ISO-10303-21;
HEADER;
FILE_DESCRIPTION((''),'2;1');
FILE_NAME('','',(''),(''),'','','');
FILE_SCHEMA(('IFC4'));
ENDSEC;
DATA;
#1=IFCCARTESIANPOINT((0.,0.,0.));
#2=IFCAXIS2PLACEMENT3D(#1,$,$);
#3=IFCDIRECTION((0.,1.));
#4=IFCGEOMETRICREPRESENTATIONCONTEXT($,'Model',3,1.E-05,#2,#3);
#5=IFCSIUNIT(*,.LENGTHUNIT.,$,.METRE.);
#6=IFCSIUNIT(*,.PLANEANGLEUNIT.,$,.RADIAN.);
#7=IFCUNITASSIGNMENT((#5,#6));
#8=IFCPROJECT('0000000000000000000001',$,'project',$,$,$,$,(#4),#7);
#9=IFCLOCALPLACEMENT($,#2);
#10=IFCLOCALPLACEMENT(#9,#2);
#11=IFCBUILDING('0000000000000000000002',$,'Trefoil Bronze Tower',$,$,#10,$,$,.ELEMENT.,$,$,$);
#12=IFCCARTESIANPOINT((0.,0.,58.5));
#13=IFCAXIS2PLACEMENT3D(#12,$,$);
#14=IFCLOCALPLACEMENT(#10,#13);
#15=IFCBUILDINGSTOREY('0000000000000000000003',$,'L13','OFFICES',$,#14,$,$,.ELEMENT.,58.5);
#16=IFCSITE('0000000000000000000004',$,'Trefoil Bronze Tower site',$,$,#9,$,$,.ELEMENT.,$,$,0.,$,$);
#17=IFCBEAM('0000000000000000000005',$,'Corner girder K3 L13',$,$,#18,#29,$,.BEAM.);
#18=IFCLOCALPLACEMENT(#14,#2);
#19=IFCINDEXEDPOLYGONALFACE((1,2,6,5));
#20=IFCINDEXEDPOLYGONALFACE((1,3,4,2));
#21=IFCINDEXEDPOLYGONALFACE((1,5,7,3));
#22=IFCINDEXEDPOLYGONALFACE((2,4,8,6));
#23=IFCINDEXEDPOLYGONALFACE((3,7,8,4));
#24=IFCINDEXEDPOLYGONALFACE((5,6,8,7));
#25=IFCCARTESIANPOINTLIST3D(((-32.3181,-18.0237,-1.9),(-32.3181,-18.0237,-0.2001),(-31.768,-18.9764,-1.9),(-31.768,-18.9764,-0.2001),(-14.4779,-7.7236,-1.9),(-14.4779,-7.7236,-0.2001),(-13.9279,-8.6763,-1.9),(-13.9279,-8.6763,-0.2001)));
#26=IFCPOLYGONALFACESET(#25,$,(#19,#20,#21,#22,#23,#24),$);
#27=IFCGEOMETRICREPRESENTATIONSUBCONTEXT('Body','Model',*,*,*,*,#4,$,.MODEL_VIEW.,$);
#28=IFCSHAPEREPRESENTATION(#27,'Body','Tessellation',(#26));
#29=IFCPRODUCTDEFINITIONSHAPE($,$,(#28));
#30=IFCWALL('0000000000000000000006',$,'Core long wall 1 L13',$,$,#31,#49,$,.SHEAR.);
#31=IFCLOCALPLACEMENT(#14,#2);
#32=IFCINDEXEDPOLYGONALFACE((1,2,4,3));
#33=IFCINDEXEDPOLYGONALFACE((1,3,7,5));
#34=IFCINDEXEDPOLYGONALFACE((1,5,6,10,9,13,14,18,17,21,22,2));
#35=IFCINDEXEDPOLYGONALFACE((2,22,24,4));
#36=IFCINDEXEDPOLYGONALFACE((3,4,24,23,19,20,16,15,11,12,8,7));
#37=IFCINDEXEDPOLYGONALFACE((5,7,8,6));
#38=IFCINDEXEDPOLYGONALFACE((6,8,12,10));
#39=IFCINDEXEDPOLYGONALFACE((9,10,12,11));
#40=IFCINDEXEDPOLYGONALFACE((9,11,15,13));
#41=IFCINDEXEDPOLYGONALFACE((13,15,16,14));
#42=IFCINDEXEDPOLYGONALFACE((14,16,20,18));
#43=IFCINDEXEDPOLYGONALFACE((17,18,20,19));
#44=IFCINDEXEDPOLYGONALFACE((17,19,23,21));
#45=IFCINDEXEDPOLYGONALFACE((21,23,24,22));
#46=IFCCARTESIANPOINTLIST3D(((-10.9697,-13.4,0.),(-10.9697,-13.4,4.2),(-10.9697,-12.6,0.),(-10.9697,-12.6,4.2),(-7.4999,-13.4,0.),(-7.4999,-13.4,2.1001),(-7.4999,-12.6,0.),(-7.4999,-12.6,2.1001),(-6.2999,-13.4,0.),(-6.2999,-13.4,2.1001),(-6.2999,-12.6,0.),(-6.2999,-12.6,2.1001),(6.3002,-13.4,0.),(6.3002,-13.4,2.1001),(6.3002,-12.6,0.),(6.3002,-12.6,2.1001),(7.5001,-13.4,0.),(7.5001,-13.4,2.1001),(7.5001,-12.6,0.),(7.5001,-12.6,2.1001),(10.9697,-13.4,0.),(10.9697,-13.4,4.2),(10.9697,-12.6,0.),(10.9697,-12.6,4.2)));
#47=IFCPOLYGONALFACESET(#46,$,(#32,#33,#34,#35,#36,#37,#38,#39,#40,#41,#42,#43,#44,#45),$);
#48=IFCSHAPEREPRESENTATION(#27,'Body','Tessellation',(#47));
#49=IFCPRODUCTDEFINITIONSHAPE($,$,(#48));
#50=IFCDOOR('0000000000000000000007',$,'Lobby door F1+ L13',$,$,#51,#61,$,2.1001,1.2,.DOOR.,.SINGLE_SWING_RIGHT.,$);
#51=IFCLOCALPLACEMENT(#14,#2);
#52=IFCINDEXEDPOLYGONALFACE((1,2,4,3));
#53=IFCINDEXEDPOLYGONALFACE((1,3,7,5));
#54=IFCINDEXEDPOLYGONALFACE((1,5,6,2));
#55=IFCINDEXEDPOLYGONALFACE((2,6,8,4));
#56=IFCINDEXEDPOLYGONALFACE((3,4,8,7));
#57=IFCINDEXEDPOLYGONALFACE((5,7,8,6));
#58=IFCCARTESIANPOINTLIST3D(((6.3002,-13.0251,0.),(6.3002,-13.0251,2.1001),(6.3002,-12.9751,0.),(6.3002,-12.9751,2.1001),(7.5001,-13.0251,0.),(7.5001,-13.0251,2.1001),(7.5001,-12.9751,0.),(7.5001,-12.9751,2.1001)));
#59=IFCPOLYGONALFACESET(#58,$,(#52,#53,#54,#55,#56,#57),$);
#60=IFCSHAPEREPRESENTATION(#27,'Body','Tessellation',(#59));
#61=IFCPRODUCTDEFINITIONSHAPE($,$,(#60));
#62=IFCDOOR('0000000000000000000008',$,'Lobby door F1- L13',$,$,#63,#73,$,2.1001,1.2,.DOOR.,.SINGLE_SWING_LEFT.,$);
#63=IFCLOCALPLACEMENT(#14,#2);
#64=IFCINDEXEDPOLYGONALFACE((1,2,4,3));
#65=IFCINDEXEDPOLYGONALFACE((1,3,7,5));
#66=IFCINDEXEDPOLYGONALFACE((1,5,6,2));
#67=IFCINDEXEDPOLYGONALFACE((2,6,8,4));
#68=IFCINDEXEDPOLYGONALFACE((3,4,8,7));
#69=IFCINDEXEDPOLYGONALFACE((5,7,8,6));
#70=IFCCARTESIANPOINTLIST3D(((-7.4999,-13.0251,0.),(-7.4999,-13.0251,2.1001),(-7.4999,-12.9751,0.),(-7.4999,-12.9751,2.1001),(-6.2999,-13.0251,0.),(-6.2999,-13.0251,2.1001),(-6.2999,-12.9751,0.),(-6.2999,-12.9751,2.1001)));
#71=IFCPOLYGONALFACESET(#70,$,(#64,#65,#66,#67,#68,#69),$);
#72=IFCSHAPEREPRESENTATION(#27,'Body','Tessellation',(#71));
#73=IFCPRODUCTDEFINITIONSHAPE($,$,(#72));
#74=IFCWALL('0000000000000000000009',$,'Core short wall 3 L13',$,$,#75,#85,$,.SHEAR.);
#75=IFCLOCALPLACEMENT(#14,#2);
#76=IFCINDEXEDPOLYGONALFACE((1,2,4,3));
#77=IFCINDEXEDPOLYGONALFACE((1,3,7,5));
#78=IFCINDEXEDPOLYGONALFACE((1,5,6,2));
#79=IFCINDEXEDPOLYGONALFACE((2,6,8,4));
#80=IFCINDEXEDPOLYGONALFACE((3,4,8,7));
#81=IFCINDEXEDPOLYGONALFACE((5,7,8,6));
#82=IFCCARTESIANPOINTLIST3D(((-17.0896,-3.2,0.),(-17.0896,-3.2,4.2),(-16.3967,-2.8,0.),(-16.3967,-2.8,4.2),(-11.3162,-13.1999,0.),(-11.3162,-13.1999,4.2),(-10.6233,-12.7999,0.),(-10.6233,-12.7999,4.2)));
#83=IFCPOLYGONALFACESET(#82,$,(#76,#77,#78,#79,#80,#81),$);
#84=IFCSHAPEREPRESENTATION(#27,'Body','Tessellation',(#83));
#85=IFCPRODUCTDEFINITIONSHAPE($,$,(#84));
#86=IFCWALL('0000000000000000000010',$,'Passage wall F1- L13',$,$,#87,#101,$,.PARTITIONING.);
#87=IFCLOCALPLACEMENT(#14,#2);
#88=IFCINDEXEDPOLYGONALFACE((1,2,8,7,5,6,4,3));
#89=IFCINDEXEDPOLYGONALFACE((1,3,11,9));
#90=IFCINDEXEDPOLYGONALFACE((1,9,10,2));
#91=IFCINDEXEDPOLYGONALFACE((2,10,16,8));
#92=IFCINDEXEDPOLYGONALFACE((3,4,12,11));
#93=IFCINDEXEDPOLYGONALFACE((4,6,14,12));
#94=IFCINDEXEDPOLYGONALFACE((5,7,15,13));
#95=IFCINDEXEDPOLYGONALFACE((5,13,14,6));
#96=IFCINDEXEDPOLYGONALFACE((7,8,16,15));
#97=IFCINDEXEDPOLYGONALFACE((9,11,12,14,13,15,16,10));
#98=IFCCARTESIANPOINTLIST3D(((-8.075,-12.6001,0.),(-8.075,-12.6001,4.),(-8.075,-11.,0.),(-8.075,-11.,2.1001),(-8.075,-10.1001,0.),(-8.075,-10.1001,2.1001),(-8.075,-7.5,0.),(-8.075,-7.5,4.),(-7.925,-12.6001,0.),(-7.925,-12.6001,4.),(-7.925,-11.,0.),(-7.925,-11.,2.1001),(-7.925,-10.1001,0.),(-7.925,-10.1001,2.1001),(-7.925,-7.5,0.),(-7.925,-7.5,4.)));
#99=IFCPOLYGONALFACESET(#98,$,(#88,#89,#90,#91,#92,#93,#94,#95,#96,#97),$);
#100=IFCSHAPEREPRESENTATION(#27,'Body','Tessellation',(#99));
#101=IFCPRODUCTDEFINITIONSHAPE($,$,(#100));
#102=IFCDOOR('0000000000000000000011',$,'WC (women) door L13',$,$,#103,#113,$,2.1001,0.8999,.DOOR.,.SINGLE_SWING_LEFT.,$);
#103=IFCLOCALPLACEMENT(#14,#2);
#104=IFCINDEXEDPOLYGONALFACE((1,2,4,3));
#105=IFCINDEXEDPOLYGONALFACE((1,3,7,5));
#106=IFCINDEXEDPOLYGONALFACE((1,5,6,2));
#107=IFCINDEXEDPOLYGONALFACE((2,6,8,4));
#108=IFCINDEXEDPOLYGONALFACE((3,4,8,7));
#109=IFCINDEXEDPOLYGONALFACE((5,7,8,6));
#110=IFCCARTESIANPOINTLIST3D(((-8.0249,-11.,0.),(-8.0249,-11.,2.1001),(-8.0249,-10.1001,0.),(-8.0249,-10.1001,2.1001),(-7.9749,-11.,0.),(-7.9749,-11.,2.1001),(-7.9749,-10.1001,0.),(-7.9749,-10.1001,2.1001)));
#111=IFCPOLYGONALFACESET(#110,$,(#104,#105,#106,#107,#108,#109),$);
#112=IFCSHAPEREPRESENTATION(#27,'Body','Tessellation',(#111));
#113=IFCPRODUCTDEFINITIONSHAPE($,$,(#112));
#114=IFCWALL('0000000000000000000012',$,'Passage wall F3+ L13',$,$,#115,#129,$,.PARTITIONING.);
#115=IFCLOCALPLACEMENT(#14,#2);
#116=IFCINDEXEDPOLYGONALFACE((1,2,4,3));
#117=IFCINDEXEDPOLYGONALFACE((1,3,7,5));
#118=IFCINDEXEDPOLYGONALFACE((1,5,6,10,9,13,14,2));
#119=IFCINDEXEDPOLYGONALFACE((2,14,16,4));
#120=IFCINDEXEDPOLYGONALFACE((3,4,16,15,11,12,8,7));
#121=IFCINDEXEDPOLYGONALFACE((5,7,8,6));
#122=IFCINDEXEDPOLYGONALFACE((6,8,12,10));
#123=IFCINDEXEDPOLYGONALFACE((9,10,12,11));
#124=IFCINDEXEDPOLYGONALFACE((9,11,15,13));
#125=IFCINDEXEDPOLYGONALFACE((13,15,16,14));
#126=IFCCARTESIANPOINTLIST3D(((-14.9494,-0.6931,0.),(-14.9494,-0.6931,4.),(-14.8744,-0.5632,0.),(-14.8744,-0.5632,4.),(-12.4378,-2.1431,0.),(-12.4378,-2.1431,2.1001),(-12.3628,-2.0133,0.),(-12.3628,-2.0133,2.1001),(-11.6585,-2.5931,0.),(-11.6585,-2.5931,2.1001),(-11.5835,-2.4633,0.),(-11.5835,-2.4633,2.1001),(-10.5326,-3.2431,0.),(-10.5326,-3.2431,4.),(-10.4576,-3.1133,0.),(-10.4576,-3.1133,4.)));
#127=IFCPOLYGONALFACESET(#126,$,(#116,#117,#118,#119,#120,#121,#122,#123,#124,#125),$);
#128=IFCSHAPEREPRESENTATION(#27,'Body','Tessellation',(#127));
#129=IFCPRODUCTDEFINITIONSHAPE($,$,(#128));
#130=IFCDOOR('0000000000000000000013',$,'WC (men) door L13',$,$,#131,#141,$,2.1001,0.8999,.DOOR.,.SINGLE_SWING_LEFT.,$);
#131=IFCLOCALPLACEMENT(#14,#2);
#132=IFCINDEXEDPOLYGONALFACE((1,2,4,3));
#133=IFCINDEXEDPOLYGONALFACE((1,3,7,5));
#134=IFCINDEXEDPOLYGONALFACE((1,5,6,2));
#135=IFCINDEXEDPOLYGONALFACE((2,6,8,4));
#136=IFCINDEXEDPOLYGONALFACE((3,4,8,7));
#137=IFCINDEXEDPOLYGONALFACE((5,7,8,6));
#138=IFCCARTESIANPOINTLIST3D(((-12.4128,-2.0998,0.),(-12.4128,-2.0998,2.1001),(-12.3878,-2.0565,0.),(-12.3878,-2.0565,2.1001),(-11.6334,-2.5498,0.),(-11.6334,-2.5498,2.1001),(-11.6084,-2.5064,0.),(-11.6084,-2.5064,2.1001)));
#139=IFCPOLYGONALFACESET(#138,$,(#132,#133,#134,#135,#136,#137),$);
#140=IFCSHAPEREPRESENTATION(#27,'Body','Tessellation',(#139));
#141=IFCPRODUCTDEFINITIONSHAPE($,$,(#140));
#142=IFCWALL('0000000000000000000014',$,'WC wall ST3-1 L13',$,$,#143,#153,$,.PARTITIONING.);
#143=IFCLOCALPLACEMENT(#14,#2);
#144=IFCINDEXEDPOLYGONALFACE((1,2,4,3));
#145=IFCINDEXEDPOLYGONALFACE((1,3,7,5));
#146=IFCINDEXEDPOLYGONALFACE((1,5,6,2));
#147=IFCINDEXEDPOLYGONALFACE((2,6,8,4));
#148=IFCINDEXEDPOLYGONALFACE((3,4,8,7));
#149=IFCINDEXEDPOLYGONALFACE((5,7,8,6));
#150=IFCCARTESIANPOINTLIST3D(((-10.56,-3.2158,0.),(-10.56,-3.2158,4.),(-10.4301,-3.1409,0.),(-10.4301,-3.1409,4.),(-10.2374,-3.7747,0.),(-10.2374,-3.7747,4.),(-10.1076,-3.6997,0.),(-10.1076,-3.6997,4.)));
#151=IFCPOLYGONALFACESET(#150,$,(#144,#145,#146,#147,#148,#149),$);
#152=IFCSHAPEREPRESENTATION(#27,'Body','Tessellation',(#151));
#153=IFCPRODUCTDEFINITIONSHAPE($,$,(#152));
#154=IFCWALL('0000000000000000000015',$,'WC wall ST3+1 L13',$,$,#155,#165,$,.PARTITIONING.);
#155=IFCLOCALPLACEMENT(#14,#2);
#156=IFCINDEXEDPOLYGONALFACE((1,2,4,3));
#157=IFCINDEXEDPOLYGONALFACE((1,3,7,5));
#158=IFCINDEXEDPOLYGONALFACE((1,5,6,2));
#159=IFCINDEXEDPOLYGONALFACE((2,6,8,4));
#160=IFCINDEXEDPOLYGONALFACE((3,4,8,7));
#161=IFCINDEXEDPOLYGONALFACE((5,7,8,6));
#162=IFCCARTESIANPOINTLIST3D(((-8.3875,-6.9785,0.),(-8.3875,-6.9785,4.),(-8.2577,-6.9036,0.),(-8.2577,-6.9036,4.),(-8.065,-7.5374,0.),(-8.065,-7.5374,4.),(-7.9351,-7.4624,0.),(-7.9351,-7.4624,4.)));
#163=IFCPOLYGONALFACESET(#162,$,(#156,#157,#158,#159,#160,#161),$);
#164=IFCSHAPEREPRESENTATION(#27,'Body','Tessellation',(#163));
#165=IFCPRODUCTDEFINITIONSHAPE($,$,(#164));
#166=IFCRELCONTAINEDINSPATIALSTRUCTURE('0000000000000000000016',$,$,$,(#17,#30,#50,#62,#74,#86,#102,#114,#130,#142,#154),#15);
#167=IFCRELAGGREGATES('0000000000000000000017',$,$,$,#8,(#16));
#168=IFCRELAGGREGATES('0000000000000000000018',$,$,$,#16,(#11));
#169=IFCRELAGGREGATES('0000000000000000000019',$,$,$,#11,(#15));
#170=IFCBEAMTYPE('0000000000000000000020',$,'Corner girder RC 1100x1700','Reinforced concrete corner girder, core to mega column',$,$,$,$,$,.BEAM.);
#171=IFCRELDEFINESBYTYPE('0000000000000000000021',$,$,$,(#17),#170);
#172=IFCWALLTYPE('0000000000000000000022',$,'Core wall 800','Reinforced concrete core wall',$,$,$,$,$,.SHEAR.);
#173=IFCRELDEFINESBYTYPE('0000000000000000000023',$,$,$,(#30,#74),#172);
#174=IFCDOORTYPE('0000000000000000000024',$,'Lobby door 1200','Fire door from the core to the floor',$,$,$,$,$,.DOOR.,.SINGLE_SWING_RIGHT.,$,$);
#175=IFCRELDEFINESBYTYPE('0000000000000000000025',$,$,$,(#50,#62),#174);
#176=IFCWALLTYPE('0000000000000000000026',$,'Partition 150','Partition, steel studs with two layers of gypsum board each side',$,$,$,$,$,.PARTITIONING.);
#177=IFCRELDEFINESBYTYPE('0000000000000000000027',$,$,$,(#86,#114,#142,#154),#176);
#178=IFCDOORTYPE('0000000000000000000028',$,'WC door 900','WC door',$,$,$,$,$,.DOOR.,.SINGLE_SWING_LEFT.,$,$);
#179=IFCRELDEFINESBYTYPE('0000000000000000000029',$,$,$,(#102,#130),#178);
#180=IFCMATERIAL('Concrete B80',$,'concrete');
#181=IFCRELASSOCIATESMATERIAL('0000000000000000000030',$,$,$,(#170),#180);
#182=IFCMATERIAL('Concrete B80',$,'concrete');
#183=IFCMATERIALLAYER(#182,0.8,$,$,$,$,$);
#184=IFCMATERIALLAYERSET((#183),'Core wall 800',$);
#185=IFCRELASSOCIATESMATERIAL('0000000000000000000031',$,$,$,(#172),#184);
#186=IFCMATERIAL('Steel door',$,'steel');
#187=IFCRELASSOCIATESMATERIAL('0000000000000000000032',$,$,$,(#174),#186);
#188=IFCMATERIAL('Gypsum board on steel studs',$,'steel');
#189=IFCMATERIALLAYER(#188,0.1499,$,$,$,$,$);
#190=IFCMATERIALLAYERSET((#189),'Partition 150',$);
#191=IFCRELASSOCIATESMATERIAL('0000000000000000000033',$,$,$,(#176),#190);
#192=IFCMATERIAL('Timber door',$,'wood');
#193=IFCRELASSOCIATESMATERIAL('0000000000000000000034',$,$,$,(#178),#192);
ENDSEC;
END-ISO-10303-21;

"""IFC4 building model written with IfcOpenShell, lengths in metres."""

from ifc_helpers import new_model, si_unit, direction, frame, frame_2d, origin, origin_2d, place, context, subcontext, project, spatial, rectangle, extrude, material, layer, layer_set, material_profile, profile_set, type_object, element, fill, save


model = new_model("IFC4")

# Units and contexts
model_context = context("Model", 3, precision=1e-05, world=origin(), true_north=direction((0.0, 1.0)))
body_context = subcontext(model_context, "Body", "Model", "MODEL_VIEW")
ifc_project = project(units=[si_unit("LENGTHUNIT", "METRE"), si_unit("PLANEANGLEUNIT", "RADIAN")], contexts=[model_context])

# Site, building, storey
site_placement = place(None, origin())
site = spatial("IfcSite", under=ifc_project, at=site_placement, Name="Trefoil Bronze Tower site", CompositionType="ELEMENT", RefElevation=0.0)
building_placement = place(site_placement, origin())
building = spatial("IfcBuilding", under=site, at=building_placement, Name="Trefoil Bronze Tower", CompositionType="ELEMENT")
storey_placement = place(building_placement, frame((0.0, 0.0, 58.5)))
storey = spatial("IfcBuildingStorey", under=building, at=storey_placement, Name="L13", Description="OFFICES", CompositionType="ELEMENT", Elevation=58.5)

# Beam
ifc_material_1 = material(Name="Concrete B80", Category="concrete")
ifc_material_profile_1 = material_profile(ifc_material_1, rectangle(XDim=1.1001, YDim=1.7, at=origin_2d()), Name="RC 1100x1700")
ifc_profile_set_1 = profile_set([ifc_material_profile_1], Name="Concrete B80")
beam_type_1 = type_object("IfcBeamType", Name="Corner girder RC 1100x1700", Description="Reinforced concrete corner girder, core to mega column", PredefinedType="BEAM", material=ifc_profile_set_1)
beam_placement = place(storey_placement, frame((-14.2029, -8.2, -1.05), z_axis=(-0.866024, -0.500003, 0.0), x_axis=(0.500003, -0.866024, 0.0)))
element("IfcBeam", 1, at=beam_placement, inside=storey, type_object=beam_type_1, Name="Corner girder K3 L13", PredefinedType="BEAM", context=body_context, shape_type="SweptSolid", body=[
    extrude(rectangle(XDim=1.1001, YDim=1.7, at=origin_2d()), origin(), (0.0, 0.0, 1.0), 20.6001),
])

# Wall, openings, doors
ifc_material_2 = material(Name="Concrete B80", Category="concrete")
ifc_layer_1 = layer(ifc_material_2, 0.8)
ifc_layer_set_1 = layer_set([ifc_layer_1], Name="Core wall 800")
wall_type_1 = type_object("IfcWallType", Name="Core wall 800", Description="Reinforced concrete core wall", PredefinedType="SHEAR", material=ifc_layer_set_1)
wall_1_placement = place(storey_placement, frame((-10.9697, -13.0, 0.0), z_axis=(0.0, 0.0, 1.0), x_axis=(1.0, 0.0, 0.0)))
wall_1 = element("IfcWall", 2, at=wall_1_placement, inside=storey, type_object=wall_type_1, Name="Core long wall 1 L13", PredefinedType="SHEAR", context=body_context, shape_type="SweptSolid", body=[
    extrude(rectangle(XDim=21.9395, YDim=0.8, at=frame_2d((10.9697, 0.0))), origin(), (0.0, 0.0, 1.0), 4.2),
])
opening_1_placement = place(wall_1_placement, frame((17.2698, 0.0, 0.0)))
opening_1 = element("IfcOpeningElement", 3, at=opening_1_placement, cuts=wall_1, PredefinedType="OPENING", context=body_context, shape_type="SweptSolid", body=[
    extrude(rectangle(XDim=1.2, YDim=2.1001, at=frame_2d((0.6001, 1.05))), frame((0.0, 0.4099, 0.0), z_axis=(0.0, -1.0, 0.0), x_axis=(1.0, 0.0, 0.0)), (0.0, 0.0, 1.0), 0.8201),
])
opening_2_placement = place(wall_1_placement, frame((3.4697, 0.0, 0.0)))
opening_2 = element("IfcOpeningElement", 4, at=opening_2_placement, cuts=wall_1, PredefinedType="OPENING", context=body_context, shape_type="SweptSolid", body=[
    extrude(rectangle(XDim=1.2, YDim=2.1001, at=frame_2d((0.6001, 1.05))), frame((0.0, 0.4099, 0.0), z_axis=(0.0, -1.0, 0.0), x_axis=(1.0, 0.0, 0.0)), (0.0, 0.0, 1.0), 0.8201),
])
ifc_material_3 = material(Name="Steel door", Category="steel")
door_type_1 = type_object("IfcDoorType", Name="Lobby door 1200", Description="Fire door from the core to the floor", OperationType="SINGLE_SWING_RIGHT", PredefinedType="DOOR", material=ifc_material_3)
door_1_placement = place(opening_1_placement, origin())
door_1 = element("IfcDoor", 5, at=door_1_placement, inside=storey, type_object=door_type_1, Name="Lobby door F1+ L13", OperationType="SINGLE_SWING_RIGHT", OverallHeight=2.1001, OverallWidth=1.2, PredefinedType="DOOR", context=body_context, shape_type="SweptSolid", body=[
    extrude(rectangle(XDim=1.2, YDim=2.1001, at=frame_2d((0.6001, 1.05))), frame((0.0, 0.0249, 0.0), z_axis=(0.0, -1.0, 0.0), x_axis=(1.0, 0.0, 0.0)), (0.0, 0.0, 1.0), 0.05),
])
fill(opening_1, door_1)
door_2_placement = place(opening_2_placement, origin())
door_2 = element("IfcDoor", 6, at=door_2_placement, inside=storey, type_object=door_type_1, Name="Lobby door F1- L13", OperationType="SINGLE_SWING_LEFT", OverallHeight=2.1001, OverallWidth=1.2, PredefinedType="DOOR", context=body_context, shape_type="SweptSolid", body=[
    extrude(rectangle(XDim=1.2, YDim=2.1001, at=frame_2d((0.6001, 1.05))), frame((0.0, 0.0249, 0.0), z_axis=(0.0, -1.0, 0.0), x_axis=(1.0, 0.0, 0.0)), (0.0, 0.0, 1.0), 0.05),
])
fill(opening_2, door_2)

# Wall
wall_2_placement = place(storey_placement, frame((-16.7432, -3.0, 0.0), z_axis=(0.0, 0.0, 1.0), x_axis=(0.499996, -0.866028, 0.0)))
element("IfcWall", 7, at=wall_2_placement, inside=storey, type_object=wall_type_1, Name="Core short wall 3 L13", PredefinedType="SHEAR", context=body_context, shape_type="SweptSolid", body=[
    extrude(rectangle(XDim=11.5469, YDim=0.8, at=frame_2d((5.7734, 0.0))), origin(), (0.0, 0.0, 1.0), 4.2),
])

# Walls, openings, doors
ifc_material_4 = material(Name="Gypsum board on steel studs", Category="steel")
ifc_layer_2 = layer(ifc_material_4, 0.1499)
ifc_layer_set_2 = layer_set([ifc_layer_2], Name="Partition 150")
wall_type_2 = type_object("IfcWallType", Name="Partition 150", Description="Partition, steel studs with two layers of gypsum board each side", PredefinedType="PARTITIONING", material=ifc_layer_set_2)
wall_3_placement = place(storey_placement, frame((-8.0, -7.5, 0.0), z_axis=(0.0, 0.0, 1.0), x_axis=(0.0, -1.0, 0.0)))
wall_3 = element("IfcWall", 8, at=wall_3_placement, inside=storey, type_object=wall_type_2, Name="Passage wall F1- L13", PredefinedType="PARTITIONING", context=body_context, shape_type="SweptSolid", body=[
    extrude(rectangle(XDim=5.1001, YDim=0.1499, at=frame_2d((2.55, 0.0))), origin(), (0.0, 0.0, 1.0), 4.0),
])
opening_3_placement = place(wall_3_placement, frame((2.6001, 0.0, 0.0)))
opening_3 = element("IfcOpeningElement", 9, at=opening_3_placement, cuts=wall_3, PredefinedType="OPENING", context=body_context, shape_type="SweptSolid", body=[
    extrude(rectangle(XDim=0.8999, YDim=2.1001, at=frame_2d((0.45, 1.05))), frame((0.0, 0.085, 0.0), z_axis=(0.0, -1.0, 0.0), x_axis=(1.0, 0.0, 0.0)), (0.0, 0.0, 1.0), 0.1699),
])
ifc_material_5 = material(Name="Timber door", Category="wood")
door_type_2 = type_object("IfcDoorType", Name="WC door 900", Description="WC door", OperationType="SINGLE_SWING_LEFT", PredefinedType="DOOR", material=ifc_material_5)
door_3_placement = place(opening_3_placement, frame((0.8999, 0.0, 0.0), z_axis=(0.0, 0.0, 1.0), x_axis=(-1.0, 0.0, 0.0)))
door_3 = element("IfcDoor", 10, at=door_3_placement, inside=storey, type_object=door_type_2, Name="WC (women) door L13", OperationType="SINGLE_SWING_LEFT", OverallHeight=2.1001, OverallWidth=0.8999, PredefinedType="DOOR", context=body_context, shape_type="SweptSolid", body=[
    extrude(rectangle(XDim=0.8999, YDim=2.1001, at=frame_2d((0.45, 1.05))), frame((0.0, 0.0249, 0.0), z_axis=(0.0, -1.0, 0.0), x_axis=(1.0, 0.0, 0.0)), (0.0, 0.0, 1.0), 0.05),
])
fill(opening_3, door_3)
wall_4_placement = place(storey_placement, frame((-10.4951, -3.1782, 0.0), z_axis=(0.0, 0.0, 1.0), x_axis=(-0.866022, 0.500006, 0.0)))
wall_4 = element("IfcWall", 11, at=wall_4_placement, inside=storey, type_object=wall_type_2, Name="Passage wall F3+ L13", PredefinedType="PARTITIONING", context=body_context, shape_type="SweptSolid", body=[
    extrude(rectangle(XDim=5.1001, YDim=0.1499, at=frame_2d((2.55, 0.0))), origin(), (0.0, 0.0, 1.0), 4.0),
])
opening_4_placement = place(wall_4_placement, frame((1.3, 0.0, 0.0)))
opening_4 = element("IfcOpeningElement", 12, at=opening_4_placement, cuts=wall_4, PredefinedType="OPENING", context=body_context, shape_type="SweptSolid", body=[
    extrude(rectangle(XDim=0.8999, YDim=2.1001, at=frame_2d((0.45, 1.05))), frame((0.0, 0.085, 0.0), z_axis=(0.0, -1.0, 0.0), x_axis=(1.0, 0.0, 0.0)), (0.0, 0.0, 1.0), 0.1699),
])
door_4_placement = place(opening_4_placement, origin())
door_4 = element("IfcDoor", 13, at=door_4_placement, inside=storey, type_object=door_type_2, Name="WC (men) door L13", OperationType="SINGLE_SWING_LEFT", OverallHeight=2.1001, OverallWidth=0.8999, PredefinedType="DOOR", context=body_context, shape_type="SweptSolid", body=[
    extrude(rectangle(XDim=0.8999, YDim=2.1001, at=frame_2d((0.45, 1.05))), frame((0.0, 0.0249, 0.0), z_axis=(0.0, -1.0, 0.0), x_axis=(1.0, 0.0, 0.0)), (0.0, 0.0, 1.0), 0.05),
])
fill(opening_4, door_4)

# Walls
for number, where, z_axis, x_axis, name in (
    (14, (-10.4951, -3.1782, 0.0), (0.0, 0.0, 1.0), (0.499843, -0.866116, 0.0), "WC wall ST3-1 L13"),
    (15, (-8.0, -7.5, 0.0), (0.0, 0.0, 1.0), (-0.499843, 0.866116, 0.0), "WC wall ST3+1 L13"),
):
    element("IfcWall", number, at=place(storey_placement, frame(where, z_axis=z_axis, x_axis=x_axis)), inside=storey, type_object=wall_type_2, Name=name, PredefinedType="PARTITIONING", context=body_context, shape_type="SweptSolid", body=[
        extrude(rectangle(XDim=0.6453, YDim=0.1499, at=frame_2d((0.3228, 0.0))), origin(), (0.0, 0.0, 1.0), 4.0),
    ])

save(model, "model.ifc")
